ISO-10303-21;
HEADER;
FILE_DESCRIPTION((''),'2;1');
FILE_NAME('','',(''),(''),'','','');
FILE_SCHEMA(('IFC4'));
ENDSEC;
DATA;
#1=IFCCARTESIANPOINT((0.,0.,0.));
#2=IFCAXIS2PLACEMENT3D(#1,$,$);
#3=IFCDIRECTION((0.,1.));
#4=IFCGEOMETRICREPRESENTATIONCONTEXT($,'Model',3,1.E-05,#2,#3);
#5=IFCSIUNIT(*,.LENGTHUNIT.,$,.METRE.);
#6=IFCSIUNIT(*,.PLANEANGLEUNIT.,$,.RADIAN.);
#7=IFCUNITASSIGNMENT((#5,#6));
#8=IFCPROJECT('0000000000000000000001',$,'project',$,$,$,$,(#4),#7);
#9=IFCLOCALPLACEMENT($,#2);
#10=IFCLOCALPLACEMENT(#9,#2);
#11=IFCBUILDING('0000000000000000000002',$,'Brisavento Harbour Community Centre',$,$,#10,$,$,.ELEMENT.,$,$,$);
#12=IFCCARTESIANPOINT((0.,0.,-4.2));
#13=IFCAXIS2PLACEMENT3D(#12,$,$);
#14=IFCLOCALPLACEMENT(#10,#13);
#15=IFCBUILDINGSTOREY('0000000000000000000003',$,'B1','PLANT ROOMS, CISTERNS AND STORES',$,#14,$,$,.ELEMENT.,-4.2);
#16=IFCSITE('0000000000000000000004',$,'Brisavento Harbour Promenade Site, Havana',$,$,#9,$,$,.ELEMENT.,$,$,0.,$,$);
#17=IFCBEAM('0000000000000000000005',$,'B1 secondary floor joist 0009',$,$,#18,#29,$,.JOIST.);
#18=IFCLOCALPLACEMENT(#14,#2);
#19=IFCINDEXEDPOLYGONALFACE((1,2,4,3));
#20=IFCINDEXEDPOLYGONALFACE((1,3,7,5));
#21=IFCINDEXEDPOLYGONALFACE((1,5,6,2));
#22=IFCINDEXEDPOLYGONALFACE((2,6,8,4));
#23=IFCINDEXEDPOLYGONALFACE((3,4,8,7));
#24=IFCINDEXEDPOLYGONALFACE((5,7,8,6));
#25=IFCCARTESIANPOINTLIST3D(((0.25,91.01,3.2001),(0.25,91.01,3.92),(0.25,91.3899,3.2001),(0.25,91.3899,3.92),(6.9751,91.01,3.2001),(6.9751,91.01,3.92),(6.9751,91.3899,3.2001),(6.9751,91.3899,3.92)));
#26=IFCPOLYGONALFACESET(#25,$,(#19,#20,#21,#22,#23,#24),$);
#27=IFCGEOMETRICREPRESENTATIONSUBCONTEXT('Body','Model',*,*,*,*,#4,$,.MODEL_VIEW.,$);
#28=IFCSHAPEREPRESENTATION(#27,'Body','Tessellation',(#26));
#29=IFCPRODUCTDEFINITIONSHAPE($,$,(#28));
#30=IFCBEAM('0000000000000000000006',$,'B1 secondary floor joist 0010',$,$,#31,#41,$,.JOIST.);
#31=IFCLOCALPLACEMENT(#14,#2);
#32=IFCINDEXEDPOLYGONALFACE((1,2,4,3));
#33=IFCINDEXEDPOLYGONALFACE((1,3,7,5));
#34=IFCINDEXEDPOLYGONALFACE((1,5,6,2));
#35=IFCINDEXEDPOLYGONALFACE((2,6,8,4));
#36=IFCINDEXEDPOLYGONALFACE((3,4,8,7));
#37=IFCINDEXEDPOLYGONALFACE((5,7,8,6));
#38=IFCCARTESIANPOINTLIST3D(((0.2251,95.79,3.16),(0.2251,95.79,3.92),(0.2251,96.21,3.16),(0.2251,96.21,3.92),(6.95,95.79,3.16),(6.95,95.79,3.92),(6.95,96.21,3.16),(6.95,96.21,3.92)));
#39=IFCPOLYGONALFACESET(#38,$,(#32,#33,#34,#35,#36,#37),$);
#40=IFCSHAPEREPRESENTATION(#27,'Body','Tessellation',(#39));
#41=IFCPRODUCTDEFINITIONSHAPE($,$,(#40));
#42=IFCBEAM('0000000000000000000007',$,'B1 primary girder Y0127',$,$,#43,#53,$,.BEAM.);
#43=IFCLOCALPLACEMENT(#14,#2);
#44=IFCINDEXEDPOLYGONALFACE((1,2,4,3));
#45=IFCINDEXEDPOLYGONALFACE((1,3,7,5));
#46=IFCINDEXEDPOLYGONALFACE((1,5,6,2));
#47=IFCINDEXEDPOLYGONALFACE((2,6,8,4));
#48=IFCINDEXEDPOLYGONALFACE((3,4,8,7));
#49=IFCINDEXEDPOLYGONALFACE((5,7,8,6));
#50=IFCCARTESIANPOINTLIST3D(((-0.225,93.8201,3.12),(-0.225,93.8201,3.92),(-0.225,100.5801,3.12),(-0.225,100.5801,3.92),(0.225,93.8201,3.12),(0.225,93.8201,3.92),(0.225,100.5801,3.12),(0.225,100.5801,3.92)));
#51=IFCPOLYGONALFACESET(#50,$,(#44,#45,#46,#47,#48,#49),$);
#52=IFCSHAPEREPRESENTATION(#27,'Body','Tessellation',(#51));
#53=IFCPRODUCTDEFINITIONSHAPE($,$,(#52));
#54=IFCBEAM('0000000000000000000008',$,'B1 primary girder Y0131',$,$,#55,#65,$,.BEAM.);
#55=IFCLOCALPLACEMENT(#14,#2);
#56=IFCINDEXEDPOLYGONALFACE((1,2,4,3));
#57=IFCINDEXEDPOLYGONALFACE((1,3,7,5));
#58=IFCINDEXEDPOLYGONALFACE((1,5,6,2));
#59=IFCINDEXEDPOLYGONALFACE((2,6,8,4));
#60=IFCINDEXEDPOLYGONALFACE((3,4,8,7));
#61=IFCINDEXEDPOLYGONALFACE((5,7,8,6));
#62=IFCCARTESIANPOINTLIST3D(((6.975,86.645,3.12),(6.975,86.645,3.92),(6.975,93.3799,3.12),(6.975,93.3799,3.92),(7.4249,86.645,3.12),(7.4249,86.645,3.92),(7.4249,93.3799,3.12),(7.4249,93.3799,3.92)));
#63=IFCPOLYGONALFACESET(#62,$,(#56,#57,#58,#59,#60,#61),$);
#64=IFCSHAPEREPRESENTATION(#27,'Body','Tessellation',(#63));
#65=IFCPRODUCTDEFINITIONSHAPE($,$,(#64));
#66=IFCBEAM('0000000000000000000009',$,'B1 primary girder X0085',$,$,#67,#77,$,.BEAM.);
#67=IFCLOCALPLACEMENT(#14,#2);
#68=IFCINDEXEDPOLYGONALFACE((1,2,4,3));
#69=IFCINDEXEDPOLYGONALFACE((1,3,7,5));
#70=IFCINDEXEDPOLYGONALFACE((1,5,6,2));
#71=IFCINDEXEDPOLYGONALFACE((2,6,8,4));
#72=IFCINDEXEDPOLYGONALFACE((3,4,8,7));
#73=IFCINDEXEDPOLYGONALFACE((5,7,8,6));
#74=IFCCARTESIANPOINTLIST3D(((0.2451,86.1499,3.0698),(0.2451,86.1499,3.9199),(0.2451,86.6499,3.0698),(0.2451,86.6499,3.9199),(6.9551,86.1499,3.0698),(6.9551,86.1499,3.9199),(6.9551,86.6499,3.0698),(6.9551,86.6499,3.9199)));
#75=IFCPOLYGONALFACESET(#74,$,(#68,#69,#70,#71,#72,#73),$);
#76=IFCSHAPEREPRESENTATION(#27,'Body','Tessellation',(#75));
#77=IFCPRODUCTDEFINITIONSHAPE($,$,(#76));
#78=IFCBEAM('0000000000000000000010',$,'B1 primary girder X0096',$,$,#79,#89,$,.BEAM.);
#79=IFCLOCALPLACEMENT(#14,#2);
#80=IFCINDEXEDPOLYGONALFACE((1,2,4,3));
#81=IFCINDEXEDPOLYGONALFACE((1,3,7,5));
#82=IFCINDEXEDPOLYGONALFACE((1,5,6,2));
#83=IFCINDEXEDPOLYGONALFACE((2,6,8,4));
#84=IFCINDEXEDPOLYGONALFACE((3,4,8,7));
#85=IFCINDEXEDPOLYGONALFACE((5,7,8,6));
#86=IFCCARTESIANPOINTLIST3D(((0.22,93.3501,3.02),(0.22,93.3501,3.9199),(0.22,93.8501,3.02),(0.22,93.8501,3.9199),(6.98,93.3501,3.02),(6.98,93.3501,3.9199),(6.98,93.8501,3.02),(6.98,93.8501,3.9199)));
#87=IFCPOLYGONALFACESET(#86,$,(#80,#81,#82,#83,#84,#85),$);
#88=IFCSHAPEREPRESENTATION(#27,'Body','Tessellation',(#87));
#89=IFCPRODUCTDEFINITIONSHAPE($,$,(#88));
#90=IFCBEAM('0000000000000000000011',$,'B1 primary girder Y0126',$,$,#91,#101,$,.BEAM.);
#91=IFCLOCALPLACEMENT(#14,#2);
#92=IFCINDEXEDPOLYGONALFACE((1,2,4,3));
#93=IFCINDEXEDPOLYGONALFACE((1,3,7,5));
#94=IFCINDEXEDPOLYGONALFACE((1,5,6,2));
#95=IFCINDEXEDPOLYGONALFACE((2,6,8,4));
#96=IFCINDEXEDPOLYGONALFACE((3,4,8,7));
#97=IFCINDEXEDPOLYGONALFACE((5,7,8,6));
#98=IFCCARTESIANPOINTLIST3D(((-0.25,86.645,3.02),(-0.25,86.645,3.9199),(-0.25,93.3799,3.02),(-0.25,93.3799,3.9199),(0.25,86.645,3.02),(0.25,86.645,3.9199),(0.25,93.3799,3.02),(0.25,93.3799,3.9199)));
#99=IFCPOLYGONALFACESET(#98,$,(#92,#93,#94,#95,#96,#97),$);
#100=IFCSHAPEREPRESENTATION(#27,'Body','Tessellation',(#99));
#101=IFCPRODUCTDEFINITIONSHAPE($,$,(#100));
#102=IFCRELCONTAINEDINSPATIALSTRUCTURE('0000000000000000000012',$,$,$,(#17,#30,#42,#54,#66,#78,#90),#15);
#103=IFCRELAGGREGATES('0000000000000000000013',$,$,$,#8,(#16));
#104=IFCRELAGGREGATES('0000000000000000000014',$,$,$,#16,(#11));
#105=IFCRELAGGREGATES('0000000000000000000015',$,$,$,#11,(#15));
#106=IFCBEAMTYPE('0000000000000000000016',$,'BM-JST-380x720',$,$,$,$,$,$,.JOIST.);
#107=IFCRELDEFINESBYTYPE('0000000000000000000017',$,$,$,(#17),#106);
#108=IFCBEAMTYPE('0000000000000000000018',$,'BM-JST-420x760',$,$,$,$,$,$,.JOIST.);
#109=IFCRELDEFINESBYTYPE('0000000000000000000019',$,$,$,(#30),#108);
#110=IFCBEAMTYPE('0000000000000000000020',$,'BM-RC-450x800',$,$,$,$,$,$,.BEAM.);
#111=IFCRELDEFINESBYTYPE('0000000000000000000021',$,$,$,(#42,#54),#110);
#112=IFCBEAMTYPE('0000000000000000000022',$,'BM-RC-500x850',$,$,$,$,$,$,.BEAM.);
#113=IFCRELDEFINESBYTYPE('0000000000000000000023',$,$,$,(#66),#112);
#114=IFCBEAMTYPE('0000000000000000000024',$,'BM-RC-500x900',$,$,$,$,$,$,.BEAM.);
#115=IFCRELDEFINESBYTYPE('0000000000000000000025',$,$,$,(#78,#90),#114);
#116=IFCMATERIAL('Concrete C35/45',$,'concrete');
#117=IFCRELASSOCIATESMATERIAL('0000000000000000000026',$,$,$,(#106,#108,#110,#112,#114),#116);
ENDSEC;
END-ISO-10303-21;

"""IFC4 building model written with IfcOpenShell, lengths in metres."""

from ifc_helpers import new_model, si_unit, direction, frame, origin, origin_2d, place, context, subcontext, project, spatial, rectangle, extrude, material, material_profile, profile_set, type_object, element, save


model = new_model("IFC4")

# Units and contexts
model_context = context("Model", 3, precision=1e-05, world=origin(), true_north=direction((0.0, 1.0)))
body_context = subcontext(model_context, "Body", "Model", "MODEL_VIEW")
ifc_project = project(units=[si_unit("LENGTHUNIT", "METRE"), si_unit("PLANEANGLEUNIT", "RADIAN")], contexts=[model_context])

# Site, building, storey
site_placement = place(None, origin())
site = spatial("IfcSite", under=ifc_project, at=site_placement, Name="Brisavento Harbour Promenade Site, Havana", CompositionType="ELEMENT", RefElevation=0.0)
building_placement = place(site_placement, origin())
building = spatial("IfcBuilding", under=site, at=building_placement, Name="Brisavento Harbour Community Centre", CompositionType="ELEMENT")
storey_placement = place(building_placement, frame((0.0, 0.0, -4.2)))
storey = spatial("IfcBuildingStorey", under=building, at=storey_placement, Name="B1", Description="PLANT ROOMS, CISTERNS AND STORES", CompositionType="ELEMENT", Elevation=-4.2)

# Shared definitions
ifc_material = material(Name="Concrete C35/45", Category="concrete")

# Beams
ifc_material_profile_1 = material_profile(ifc_material, rectangle(XDim=0.3799, YDim=0.72, at=origin_2d()), Name="Concrete C35/45")
ifc_profile_set_1 = profile_set([ifc_material_profile_1], Name="Concrete C35/45")
beam_type_1 = type_object("IfcBeamType", Name="BM-JST-380x720", PredefinedType="JOIST", material=ifc_profile_set_1)
beam_1_placement = place(storey_placement, frame((0.25, 91.2, 3.5601), z_axis=(1.0, 0.0, 0.0), x_axis=(0.0, 1.0, 0.0)))
element("IfcBeam", 1, at=beam_1_placement, inside=storey, type_object=beam_type_1, Name="B1 secondary floor joist 0009", PredefinedType="JOIST", context=body_context, shape_type="SweptSolid", body=[
    extrude(rectangle(XDim=0.3799, YDim=0.72, at=origin_2d()), origin(), (0.0, 0.0, 1.0), 6.7251),
])
ifc_material_profile_2 = material_profile(ifc_material, rectangle(XDim=0.4199, YDim=0.76, at=origin_2d()), Name="Concrete C35/45")
ifc_profile_set_2 = profile_set([ifc_material_profile_2], Name="Concrete C35/45")
beam_type_2 = type_object("IfcBeamType", Name="BM-JST-420x760", PredefinedType="JOIST", material=ifc_profile_set_2)
beam_2_placement = place(storey_placement, frame((0.2251, 96.0, 3.54), z_axis=(1.0, 0.0, 0.0), x_axis=(0.0, 1.0, 0.0)))
element("IfcBeam", 2, at=beam_2_placement, inside=storey, type_object=beam_type_2, Name="B1 secondary floor joist 0010", PredefinedType="JOIST", context=body_context, shape_type="SweptSolid", body=[
    extrude(rectangle(XDim=0.4199, YDim=0.76, at=origin_2d()), origin(), (0.0, 0.0, 1.0), 6.7249),
])
ifc_material_profile_3 = material_profile(ifc_material, rectangle(XDim=0.45, YDim=0.8, at=origin_2d()), Name="Concrete C35/45")
ifc_profile_set_3 = profile_set([ifc_material_profile_3], Name="Concrete C35/45")
beam_type_3 = type_object("IfcBeamType", Name="BM-RC-450x800", PredefinedType="BEAM", material=ifc_profile_set_3)
beam_3_placement = place(storey_placement, frame((0.0, 93.8201, 3.52), z_axis=(0.0, 1.0, 0.0), x_axis=(-1.0, 0.0, 0.0)))
element("IfcBeam", 3, at=beam_3_placement, inside=storey, type_object=beam_type_3, Name="B1 primary girder Y0127", PredefinedType="BEAM", context=body_context, shape_type="SweptSolid", body=[
    extrude(rectangle(XDim=0.45, YDim=0.8, at=origin_2d()), origin(), (0.0, 0.0, 1.0), 6.76),
])
beam_4_placement = place(storey_placement, frame((7.2, 86.645, 3.52), z_axis=(0.0, 1.0, 0.0), x_axis=(-1.0, 0.0, 0.0)))
element("IfcBeam", 4, at=beam_4_placement, inside=storey, type_object=beam_type_3, Name="B1 primary girder Y0131", PredefinedType="BEAM", context=body_context, shape_type="SweptSolid", body=[
    extrude(rectangle(XDim=0.45, YDim=0.8, at=origin_2d()), origin(), (0.0, 0.0, 1.0), 6.7349),
])
ifc_material_profile_4 = material_profile(ifc_material, rectangle(XDim=0.5, YDim=0.8501, at=origin_2d()), Name="Concrete C35/45")
ifc_profile_set_4 = profile_set([ifc_material_profile_4], Name="Concrete C35/45")
beam_type_4 = type_object("IfcBeamType", Name="BM-RC-500x850", PredefinedType="BEAM", material=ifc_profile_set_4)
beam_5_placement = place(storey_placement, frame((0.2451, 86.3999, 3.4949), z_axis=(1.0, 0.0, 0.0), x_axis=(0.0, 1.0, 0.0)))
element("IfcBeam", 5, at=beam_5_placement, inside=storey, type_object=beam_type_4, Name="B1 primary girder X0085", PredefinedType="BEAM", context=body_context, shape_type="SweptSolid", body=[
    extrude(rectangle(XDim=0.5, YDim=0.8501, at=origin_2d()), origin(), (0.0, 0.0, 1.0), 6.71),
])
ifc_material_profile_5 = material_profile(ifc_material, rectangle(XDim=0.5, YDim=0.8999, at=origin_2d()), Name="Concrete C35/45")
ifc_profile_set_5 = profile_set([ifc_material_profile_5], Name="Concrete C35/45")
beam_type_5 = type_object("IfcBeamType", Name="BM-RC-500x900", PredefinedType="BEAM", material=ifc_profile_set_5)
beam_6_placement = place(storey_placement, frame((0.22, 93.6001, 3.47), z_axis=(1.0, 0.0, 0.0), x_axis=(0.0, 1.0, 0.0)))
element("IfcBeam", 6, at=beam_6_placement, inside=storey, type_object=beam_type_5, Name="B1 primary girder X0096", PredefinedType="BEAM", context=body_context, shape_type="SweptSolid", body=[
    extrude(rectangle(XDim=0.5, YDim=0.8999, at=origin_2d()), origin(), (0.0, 0.0, 1.0), 6.76),
])
beam_7_placement = place(storey_placement, frame((0.0, 86.645, 3.47), z_axis=(0.0, 1.0, 0.0), x_axis=(-1.0, 0.0, 0.0)))
element("IfcBeam", 7, at=beam_7_placement, inside=storey, type_object=beam_type_5, Name="B1 primary girder Y0126", PredefinedType="BEAM", context=body_context, shape_type="SweptSolid", body=[
    extrude(rectangle(XDim=0.5, YDim=0.8999, at=origin_2d()), origin(), (0.0, 0.0, 1.0), 6.7349),
])

save(model, "model.ifc")
